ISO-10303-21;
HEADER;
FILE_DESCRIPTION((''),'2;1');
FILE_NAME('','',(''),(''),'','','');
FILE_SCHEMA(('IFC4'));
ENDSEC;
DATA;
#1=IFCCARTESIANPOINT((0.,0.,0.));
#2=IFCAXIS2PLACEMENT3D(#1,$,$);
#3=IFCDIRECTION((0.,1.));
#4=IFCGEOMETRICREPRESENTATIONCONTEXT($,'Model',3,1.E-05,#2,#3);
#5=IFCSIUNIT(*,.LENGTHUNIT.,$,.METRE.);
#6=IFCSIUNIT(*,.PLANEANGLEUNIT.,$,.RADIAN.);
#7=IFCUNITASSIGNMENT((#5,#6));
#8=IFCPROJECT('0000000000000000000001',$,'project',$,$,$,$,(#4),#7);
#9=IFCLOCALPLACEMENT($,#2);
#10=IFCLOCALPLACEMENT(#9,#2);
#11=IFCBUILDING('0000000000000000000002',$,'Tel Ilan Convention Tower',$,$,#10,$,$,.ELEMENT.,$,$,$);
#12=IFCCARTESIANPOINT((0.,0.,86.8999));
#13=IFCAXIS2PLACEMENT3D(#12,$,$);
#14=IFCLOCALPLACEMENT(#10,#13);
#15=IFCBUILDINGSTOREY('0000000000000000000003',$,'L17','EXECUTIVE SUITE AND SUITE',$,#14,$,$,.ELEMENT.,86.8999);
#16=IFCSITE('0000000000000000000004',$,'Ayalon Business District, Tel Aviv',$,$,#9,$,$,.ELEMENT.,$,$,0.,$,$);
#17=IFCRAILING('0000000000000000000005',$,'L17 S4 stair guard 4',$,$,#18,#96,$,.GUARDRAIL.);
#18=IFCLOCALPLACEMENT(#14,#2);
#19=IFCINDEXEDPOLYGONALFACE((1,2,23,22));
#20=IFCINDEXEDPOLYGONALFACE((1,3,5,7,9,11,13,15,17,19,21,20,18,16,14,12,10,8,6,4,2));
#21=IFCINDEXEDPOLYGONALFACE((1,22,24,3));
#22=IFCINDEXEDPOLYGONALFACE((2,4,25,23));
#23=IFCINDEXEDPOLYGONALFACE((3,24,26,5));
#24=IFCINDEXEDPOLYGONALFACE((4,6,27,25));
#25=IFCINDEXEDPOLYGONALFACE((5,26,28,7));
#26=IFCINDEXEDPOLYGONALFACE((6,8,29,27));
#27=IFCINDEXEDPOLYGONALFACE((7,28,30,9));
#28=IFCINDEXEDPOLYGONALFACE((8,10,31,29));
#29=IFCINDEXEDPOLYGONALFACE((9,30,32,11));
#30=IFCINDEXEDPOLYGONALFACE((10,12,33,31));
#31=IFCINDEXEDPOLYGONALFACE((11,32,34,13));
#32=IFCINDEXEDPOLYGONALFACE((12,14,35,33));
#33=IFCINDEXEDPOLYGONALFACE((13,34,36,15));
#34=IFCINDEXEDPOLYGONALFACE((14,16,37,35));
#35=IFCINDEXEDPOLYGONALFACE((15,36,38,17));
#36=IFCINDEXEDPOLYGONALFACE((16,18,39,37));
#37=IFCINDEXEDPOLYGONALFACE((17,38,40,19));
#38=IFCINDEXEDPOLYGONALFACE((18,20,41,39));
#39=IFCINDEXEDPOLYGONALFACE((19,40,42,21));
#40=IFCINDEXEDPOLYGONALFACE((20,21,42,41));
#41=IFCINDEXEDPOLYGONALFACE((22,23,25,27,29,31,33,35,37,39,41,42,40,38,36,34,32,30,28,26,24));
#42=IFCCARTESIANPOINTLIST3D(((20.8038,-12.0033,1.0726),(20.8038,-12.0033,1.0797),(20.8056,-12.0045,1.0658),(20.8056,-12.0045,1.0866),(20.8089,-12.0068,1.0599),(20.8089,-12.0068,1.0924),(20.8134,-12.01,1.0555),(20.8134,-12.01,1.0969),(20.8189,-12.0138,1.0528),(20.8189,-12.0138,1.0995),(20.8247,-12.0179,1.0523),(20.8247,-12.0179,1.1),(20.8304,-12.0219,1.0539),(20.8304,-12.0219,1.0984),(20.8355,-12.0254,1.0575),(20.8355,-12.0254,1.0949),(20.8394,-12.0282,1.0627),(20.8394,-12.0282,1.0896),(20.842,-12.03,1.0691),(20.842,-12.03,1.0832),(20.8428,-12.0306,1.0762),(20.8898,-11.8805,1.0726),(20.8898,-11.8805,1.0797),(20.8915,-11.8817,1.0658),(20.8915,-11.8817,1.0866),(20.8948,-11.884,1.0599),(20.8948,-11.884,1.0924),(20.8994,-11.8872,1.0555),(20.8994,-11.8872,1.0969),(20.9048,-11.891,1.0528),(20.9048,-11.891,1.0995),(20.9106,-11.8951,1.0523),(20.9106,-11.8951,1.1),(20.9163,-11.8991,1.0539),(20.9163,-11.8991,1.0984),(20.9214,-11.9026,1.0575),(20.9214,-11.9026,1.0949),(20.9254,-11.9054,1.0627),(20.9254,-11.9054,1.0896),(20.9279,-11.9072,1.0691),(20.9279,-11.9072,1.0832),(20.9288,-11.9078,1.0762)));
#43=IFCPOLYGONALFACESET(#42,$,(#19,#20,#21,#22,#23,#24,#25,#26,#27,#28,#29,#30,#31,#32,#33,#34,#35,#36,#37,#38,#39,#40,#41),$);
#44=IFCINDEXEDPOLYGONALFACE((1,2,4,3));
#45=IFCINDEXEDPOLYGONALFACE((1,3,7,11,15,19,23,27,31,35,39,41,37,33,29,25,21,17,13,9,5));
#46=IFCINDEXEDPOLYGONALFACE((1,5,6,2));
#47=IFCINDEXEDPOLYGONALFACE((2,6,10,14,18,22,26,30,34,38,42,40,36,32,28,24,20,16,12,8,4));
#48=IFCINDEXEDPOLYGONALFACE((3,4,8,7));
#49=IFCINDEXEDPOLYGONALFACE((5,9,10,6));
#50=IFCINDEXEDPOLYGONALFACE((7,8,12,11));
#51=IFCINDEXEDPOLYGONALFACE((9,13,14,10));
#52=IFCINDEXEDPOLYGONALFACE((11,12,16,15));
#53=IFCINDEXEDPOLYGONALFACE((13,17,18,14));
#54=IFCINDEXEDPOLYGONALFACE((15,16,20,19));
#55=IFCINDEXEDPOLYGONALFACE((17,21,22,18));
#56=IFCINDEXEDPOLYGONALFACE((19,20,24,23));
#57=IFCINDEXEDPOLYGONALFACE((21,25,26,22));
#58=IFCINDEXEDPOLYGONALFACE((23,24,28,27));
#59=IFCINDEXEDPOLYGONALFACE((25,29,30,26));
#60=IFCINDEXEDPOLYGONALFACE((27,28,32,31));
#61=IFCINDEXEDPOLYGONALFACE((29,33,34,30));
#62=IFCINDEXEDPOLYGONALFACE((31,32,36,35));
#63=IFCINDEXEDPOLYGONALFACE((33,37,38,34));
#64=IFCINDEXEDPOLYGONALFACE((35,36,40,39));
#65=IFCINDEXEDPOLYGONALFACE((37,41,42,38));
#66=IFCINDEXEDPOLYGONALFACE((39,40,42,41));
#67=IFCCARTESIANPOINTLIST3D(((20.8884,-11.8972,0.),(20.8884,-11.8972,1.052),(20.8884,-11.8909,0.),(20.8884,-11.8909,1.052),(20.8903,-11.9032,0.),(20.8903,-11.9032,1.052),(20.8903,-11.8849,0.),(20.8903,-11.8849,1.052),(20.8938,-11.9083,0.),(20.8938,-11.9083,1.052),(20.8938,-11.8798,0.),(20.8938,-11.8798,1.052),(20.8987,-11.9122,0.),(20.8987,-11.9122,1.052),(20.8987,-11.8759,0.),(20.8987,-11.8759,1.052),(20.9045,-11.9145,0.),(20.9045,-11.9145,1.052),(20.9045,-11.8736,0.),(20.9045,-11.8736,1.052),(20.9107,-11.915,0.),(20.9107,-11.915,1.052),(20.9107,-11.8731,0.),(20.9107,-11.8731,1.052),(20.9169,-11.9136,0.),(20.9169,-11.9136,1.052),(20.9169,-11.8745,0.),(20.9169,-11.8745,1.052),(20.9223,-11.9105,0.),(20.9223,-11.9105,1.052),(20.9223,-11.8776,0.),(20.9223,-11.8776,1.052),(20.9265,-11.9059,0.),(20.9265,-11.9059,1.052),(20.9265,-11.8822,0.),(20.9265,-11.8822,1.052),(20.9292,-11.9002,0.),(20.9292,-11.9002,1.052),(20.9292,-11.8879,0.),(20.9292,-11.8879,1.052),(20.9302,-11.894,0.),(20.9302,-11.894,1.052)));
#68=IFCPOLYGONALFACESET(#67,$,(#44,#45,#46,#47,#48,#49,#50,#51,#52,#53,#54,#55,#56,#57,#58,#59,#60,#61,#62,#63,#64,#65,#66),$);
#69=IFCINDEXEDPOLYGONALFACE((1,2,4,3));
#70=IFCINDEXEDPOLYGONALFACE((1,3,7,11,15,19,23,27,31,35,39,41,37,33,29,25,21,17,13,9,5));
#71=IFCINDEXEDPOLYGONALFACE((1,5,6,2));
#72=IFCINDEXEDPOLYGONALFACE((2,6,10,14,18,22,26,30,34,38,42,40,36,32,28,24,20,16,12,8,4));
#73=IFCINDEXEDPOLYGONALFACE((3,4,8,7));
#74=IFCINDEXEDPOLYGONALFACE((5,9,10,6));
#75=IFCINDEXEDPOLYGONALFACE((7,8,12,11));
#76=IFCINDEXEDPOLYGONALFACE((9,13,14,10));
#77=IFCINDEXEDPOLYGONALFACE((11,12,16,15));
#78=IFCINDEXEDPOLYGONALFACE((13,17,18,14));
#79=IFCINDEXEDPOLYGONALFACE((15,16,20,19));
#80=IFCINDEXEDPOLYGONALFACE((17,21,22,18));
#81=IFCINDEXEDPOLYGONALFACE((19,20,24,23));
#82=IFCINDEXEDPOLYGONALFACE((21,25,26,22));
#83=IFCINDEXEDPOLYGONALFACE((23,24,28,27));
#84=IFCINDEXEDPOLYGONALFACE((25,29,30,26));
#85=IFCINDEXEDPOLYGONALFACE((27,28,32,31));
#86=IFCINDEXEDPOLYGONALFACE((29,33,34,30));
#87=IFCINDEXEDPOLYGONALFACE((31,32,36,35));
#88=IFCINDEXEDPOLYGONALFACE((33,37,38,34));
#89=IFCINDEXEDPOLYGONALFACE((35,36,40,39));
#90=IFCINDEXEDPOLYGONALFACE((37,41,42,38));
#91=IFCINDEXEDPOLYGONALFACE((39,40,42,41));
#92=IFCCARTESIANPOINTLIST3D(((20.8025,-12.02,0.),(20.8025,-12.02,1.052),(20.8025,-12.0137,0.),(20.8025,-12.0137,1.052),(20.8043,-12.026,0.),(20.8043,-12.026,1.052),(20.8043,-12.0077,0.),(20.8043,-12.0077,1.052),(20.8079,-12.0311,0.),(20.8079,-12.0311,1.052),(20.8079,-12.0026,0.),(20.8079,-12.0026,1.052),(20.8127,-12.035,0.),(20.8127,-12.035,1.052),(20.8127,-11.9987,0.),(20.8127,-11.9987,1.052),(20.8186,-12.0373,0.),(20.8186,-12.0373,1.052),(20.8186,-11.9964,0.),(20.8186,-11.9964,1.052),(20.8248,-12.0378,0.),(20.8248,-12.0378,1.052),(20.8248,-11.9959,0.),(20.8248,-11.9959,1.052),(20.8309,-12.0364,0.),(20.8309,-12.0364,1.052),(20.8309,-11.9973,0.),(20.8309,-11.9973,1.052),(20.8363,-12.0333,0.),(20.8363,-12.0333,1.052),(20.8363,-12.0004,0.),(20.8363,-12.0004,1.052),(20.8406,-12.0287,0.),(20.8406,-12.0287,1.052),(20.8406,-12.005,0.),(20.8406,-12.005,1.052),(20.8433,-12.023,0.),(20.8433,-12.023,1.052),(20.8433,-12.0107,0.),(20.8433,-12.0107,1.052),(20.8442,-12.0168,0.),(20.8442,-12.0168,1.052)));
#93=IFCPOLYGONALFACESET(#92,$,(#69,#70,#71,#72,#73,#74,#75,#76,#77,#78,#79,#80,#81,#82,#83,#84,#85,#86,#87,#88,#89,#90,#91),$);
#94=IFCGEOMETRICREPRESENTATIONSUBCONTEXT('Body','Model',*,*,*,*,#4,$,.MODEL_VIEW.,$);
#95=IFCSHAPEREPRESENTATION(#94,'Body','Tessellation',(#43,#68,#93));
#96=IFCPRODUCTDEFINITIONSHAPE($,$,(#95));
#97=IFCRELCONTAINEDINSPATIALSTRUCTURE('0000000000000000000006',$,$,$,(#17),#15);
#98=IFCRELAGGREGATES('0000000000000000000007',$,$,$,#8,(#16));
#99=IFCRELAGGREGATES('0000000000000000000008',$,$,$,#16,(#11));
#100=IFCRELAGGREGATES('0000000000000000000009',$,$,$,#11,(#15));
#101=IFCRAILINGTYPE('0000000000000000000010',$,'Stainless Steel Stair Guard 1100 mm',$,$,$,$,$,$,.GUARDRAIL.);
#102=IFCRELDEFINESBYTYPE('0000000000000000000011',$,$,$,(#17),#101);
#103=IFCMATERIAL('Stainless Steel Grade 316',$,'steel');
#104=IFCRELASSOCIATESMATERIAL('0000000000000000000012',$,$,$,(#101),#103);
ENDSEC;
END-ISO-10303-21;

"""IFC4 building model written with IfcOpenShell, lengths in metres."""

from ifc_helpers import new_model, si_unit, direction, frame, origin, origin_2d, place, context, subcontext, project, spatial, circle, extrude, material, type_object, element, save


model = new_model("IFC4")

# Units and contexts
model_context = context("Model", 3, precision=1e-05, world=origin(), true_north=direction((0.0, 1.0)))
body_context = subcontext(model_context, "Body", "Model", "MODEL_VIEW")
ifc_project = project(units=[si_unit("LENGTHUNIT", "METRE"), si_unit("PLANEANGLEUNIT", "RADIAN")], contexts=[model_context])

# Site, building, storey
site_placement = place(None, origin())
site = spatial("IfcSite", under=ifc_project, at=site_placement, Name="Ayalon Business District, Tel Aviv", CompositionType="ELEMENT", RefElevation=0.0)
building_placement = place(site_placement, origin())
building = spatial("IfcBuilding", under=site, at=building_placement, Name="Tel Ilan Convention Tower", CompositionType="ELEMENT")
storey_placement = place(building_placement, frame((0.0, 0.0, 86.8999)))
storey = spatial("IfcBuildingStorey", under=building, at=storey_placement, Name="L17", Description="EXECUTIVE SUITE AND SUITE", CompositionType="ELEMENT", Elevation=86.8999)

# Railing
ifc_material_1 = material(Name="Stainless Steel Grade 316", Category="steel")
railing_type_1 = type_object("IfcRailingType", Name="Stainless Steel Stair Guard 1100 mm", PredefinedType="GUARDRAIL", material=ifc_material_1)
railing_1_placement = place(storey_placement, frame((20.9092, -11.894, 0.0)))
element("IfcRailing", 1, at=railing_1_placement, inside=storey, type_object=railing_type_1, Name="L17 S4 stair guard 4", PredefinedType="GUARDRAIL", context=body_context, shape_type="SweptSolid", body=[
    extrude(circle(Radius=0.0239, at=origin_2d()), frame((0.0, 0.0, 1.0762), z_axis=(-0.573353, -0.819308, 0.0), x_axis=(0.819308, -0.573353, 0.0)), (0.0, 0.0, 1.0), 0.1499),
    extrude(circle(Radius=0.021, at=origin_2d()), origin(), (0.0, 0.0, 1.0), 1.052),
    extrude(circle(Radius=0.021, at=origin_2d()), frame((-0.0859, -0.1228, 0.0)), (0.0, 0.0, 1.0), 1.052),
])

save(model, "model.ifc")
